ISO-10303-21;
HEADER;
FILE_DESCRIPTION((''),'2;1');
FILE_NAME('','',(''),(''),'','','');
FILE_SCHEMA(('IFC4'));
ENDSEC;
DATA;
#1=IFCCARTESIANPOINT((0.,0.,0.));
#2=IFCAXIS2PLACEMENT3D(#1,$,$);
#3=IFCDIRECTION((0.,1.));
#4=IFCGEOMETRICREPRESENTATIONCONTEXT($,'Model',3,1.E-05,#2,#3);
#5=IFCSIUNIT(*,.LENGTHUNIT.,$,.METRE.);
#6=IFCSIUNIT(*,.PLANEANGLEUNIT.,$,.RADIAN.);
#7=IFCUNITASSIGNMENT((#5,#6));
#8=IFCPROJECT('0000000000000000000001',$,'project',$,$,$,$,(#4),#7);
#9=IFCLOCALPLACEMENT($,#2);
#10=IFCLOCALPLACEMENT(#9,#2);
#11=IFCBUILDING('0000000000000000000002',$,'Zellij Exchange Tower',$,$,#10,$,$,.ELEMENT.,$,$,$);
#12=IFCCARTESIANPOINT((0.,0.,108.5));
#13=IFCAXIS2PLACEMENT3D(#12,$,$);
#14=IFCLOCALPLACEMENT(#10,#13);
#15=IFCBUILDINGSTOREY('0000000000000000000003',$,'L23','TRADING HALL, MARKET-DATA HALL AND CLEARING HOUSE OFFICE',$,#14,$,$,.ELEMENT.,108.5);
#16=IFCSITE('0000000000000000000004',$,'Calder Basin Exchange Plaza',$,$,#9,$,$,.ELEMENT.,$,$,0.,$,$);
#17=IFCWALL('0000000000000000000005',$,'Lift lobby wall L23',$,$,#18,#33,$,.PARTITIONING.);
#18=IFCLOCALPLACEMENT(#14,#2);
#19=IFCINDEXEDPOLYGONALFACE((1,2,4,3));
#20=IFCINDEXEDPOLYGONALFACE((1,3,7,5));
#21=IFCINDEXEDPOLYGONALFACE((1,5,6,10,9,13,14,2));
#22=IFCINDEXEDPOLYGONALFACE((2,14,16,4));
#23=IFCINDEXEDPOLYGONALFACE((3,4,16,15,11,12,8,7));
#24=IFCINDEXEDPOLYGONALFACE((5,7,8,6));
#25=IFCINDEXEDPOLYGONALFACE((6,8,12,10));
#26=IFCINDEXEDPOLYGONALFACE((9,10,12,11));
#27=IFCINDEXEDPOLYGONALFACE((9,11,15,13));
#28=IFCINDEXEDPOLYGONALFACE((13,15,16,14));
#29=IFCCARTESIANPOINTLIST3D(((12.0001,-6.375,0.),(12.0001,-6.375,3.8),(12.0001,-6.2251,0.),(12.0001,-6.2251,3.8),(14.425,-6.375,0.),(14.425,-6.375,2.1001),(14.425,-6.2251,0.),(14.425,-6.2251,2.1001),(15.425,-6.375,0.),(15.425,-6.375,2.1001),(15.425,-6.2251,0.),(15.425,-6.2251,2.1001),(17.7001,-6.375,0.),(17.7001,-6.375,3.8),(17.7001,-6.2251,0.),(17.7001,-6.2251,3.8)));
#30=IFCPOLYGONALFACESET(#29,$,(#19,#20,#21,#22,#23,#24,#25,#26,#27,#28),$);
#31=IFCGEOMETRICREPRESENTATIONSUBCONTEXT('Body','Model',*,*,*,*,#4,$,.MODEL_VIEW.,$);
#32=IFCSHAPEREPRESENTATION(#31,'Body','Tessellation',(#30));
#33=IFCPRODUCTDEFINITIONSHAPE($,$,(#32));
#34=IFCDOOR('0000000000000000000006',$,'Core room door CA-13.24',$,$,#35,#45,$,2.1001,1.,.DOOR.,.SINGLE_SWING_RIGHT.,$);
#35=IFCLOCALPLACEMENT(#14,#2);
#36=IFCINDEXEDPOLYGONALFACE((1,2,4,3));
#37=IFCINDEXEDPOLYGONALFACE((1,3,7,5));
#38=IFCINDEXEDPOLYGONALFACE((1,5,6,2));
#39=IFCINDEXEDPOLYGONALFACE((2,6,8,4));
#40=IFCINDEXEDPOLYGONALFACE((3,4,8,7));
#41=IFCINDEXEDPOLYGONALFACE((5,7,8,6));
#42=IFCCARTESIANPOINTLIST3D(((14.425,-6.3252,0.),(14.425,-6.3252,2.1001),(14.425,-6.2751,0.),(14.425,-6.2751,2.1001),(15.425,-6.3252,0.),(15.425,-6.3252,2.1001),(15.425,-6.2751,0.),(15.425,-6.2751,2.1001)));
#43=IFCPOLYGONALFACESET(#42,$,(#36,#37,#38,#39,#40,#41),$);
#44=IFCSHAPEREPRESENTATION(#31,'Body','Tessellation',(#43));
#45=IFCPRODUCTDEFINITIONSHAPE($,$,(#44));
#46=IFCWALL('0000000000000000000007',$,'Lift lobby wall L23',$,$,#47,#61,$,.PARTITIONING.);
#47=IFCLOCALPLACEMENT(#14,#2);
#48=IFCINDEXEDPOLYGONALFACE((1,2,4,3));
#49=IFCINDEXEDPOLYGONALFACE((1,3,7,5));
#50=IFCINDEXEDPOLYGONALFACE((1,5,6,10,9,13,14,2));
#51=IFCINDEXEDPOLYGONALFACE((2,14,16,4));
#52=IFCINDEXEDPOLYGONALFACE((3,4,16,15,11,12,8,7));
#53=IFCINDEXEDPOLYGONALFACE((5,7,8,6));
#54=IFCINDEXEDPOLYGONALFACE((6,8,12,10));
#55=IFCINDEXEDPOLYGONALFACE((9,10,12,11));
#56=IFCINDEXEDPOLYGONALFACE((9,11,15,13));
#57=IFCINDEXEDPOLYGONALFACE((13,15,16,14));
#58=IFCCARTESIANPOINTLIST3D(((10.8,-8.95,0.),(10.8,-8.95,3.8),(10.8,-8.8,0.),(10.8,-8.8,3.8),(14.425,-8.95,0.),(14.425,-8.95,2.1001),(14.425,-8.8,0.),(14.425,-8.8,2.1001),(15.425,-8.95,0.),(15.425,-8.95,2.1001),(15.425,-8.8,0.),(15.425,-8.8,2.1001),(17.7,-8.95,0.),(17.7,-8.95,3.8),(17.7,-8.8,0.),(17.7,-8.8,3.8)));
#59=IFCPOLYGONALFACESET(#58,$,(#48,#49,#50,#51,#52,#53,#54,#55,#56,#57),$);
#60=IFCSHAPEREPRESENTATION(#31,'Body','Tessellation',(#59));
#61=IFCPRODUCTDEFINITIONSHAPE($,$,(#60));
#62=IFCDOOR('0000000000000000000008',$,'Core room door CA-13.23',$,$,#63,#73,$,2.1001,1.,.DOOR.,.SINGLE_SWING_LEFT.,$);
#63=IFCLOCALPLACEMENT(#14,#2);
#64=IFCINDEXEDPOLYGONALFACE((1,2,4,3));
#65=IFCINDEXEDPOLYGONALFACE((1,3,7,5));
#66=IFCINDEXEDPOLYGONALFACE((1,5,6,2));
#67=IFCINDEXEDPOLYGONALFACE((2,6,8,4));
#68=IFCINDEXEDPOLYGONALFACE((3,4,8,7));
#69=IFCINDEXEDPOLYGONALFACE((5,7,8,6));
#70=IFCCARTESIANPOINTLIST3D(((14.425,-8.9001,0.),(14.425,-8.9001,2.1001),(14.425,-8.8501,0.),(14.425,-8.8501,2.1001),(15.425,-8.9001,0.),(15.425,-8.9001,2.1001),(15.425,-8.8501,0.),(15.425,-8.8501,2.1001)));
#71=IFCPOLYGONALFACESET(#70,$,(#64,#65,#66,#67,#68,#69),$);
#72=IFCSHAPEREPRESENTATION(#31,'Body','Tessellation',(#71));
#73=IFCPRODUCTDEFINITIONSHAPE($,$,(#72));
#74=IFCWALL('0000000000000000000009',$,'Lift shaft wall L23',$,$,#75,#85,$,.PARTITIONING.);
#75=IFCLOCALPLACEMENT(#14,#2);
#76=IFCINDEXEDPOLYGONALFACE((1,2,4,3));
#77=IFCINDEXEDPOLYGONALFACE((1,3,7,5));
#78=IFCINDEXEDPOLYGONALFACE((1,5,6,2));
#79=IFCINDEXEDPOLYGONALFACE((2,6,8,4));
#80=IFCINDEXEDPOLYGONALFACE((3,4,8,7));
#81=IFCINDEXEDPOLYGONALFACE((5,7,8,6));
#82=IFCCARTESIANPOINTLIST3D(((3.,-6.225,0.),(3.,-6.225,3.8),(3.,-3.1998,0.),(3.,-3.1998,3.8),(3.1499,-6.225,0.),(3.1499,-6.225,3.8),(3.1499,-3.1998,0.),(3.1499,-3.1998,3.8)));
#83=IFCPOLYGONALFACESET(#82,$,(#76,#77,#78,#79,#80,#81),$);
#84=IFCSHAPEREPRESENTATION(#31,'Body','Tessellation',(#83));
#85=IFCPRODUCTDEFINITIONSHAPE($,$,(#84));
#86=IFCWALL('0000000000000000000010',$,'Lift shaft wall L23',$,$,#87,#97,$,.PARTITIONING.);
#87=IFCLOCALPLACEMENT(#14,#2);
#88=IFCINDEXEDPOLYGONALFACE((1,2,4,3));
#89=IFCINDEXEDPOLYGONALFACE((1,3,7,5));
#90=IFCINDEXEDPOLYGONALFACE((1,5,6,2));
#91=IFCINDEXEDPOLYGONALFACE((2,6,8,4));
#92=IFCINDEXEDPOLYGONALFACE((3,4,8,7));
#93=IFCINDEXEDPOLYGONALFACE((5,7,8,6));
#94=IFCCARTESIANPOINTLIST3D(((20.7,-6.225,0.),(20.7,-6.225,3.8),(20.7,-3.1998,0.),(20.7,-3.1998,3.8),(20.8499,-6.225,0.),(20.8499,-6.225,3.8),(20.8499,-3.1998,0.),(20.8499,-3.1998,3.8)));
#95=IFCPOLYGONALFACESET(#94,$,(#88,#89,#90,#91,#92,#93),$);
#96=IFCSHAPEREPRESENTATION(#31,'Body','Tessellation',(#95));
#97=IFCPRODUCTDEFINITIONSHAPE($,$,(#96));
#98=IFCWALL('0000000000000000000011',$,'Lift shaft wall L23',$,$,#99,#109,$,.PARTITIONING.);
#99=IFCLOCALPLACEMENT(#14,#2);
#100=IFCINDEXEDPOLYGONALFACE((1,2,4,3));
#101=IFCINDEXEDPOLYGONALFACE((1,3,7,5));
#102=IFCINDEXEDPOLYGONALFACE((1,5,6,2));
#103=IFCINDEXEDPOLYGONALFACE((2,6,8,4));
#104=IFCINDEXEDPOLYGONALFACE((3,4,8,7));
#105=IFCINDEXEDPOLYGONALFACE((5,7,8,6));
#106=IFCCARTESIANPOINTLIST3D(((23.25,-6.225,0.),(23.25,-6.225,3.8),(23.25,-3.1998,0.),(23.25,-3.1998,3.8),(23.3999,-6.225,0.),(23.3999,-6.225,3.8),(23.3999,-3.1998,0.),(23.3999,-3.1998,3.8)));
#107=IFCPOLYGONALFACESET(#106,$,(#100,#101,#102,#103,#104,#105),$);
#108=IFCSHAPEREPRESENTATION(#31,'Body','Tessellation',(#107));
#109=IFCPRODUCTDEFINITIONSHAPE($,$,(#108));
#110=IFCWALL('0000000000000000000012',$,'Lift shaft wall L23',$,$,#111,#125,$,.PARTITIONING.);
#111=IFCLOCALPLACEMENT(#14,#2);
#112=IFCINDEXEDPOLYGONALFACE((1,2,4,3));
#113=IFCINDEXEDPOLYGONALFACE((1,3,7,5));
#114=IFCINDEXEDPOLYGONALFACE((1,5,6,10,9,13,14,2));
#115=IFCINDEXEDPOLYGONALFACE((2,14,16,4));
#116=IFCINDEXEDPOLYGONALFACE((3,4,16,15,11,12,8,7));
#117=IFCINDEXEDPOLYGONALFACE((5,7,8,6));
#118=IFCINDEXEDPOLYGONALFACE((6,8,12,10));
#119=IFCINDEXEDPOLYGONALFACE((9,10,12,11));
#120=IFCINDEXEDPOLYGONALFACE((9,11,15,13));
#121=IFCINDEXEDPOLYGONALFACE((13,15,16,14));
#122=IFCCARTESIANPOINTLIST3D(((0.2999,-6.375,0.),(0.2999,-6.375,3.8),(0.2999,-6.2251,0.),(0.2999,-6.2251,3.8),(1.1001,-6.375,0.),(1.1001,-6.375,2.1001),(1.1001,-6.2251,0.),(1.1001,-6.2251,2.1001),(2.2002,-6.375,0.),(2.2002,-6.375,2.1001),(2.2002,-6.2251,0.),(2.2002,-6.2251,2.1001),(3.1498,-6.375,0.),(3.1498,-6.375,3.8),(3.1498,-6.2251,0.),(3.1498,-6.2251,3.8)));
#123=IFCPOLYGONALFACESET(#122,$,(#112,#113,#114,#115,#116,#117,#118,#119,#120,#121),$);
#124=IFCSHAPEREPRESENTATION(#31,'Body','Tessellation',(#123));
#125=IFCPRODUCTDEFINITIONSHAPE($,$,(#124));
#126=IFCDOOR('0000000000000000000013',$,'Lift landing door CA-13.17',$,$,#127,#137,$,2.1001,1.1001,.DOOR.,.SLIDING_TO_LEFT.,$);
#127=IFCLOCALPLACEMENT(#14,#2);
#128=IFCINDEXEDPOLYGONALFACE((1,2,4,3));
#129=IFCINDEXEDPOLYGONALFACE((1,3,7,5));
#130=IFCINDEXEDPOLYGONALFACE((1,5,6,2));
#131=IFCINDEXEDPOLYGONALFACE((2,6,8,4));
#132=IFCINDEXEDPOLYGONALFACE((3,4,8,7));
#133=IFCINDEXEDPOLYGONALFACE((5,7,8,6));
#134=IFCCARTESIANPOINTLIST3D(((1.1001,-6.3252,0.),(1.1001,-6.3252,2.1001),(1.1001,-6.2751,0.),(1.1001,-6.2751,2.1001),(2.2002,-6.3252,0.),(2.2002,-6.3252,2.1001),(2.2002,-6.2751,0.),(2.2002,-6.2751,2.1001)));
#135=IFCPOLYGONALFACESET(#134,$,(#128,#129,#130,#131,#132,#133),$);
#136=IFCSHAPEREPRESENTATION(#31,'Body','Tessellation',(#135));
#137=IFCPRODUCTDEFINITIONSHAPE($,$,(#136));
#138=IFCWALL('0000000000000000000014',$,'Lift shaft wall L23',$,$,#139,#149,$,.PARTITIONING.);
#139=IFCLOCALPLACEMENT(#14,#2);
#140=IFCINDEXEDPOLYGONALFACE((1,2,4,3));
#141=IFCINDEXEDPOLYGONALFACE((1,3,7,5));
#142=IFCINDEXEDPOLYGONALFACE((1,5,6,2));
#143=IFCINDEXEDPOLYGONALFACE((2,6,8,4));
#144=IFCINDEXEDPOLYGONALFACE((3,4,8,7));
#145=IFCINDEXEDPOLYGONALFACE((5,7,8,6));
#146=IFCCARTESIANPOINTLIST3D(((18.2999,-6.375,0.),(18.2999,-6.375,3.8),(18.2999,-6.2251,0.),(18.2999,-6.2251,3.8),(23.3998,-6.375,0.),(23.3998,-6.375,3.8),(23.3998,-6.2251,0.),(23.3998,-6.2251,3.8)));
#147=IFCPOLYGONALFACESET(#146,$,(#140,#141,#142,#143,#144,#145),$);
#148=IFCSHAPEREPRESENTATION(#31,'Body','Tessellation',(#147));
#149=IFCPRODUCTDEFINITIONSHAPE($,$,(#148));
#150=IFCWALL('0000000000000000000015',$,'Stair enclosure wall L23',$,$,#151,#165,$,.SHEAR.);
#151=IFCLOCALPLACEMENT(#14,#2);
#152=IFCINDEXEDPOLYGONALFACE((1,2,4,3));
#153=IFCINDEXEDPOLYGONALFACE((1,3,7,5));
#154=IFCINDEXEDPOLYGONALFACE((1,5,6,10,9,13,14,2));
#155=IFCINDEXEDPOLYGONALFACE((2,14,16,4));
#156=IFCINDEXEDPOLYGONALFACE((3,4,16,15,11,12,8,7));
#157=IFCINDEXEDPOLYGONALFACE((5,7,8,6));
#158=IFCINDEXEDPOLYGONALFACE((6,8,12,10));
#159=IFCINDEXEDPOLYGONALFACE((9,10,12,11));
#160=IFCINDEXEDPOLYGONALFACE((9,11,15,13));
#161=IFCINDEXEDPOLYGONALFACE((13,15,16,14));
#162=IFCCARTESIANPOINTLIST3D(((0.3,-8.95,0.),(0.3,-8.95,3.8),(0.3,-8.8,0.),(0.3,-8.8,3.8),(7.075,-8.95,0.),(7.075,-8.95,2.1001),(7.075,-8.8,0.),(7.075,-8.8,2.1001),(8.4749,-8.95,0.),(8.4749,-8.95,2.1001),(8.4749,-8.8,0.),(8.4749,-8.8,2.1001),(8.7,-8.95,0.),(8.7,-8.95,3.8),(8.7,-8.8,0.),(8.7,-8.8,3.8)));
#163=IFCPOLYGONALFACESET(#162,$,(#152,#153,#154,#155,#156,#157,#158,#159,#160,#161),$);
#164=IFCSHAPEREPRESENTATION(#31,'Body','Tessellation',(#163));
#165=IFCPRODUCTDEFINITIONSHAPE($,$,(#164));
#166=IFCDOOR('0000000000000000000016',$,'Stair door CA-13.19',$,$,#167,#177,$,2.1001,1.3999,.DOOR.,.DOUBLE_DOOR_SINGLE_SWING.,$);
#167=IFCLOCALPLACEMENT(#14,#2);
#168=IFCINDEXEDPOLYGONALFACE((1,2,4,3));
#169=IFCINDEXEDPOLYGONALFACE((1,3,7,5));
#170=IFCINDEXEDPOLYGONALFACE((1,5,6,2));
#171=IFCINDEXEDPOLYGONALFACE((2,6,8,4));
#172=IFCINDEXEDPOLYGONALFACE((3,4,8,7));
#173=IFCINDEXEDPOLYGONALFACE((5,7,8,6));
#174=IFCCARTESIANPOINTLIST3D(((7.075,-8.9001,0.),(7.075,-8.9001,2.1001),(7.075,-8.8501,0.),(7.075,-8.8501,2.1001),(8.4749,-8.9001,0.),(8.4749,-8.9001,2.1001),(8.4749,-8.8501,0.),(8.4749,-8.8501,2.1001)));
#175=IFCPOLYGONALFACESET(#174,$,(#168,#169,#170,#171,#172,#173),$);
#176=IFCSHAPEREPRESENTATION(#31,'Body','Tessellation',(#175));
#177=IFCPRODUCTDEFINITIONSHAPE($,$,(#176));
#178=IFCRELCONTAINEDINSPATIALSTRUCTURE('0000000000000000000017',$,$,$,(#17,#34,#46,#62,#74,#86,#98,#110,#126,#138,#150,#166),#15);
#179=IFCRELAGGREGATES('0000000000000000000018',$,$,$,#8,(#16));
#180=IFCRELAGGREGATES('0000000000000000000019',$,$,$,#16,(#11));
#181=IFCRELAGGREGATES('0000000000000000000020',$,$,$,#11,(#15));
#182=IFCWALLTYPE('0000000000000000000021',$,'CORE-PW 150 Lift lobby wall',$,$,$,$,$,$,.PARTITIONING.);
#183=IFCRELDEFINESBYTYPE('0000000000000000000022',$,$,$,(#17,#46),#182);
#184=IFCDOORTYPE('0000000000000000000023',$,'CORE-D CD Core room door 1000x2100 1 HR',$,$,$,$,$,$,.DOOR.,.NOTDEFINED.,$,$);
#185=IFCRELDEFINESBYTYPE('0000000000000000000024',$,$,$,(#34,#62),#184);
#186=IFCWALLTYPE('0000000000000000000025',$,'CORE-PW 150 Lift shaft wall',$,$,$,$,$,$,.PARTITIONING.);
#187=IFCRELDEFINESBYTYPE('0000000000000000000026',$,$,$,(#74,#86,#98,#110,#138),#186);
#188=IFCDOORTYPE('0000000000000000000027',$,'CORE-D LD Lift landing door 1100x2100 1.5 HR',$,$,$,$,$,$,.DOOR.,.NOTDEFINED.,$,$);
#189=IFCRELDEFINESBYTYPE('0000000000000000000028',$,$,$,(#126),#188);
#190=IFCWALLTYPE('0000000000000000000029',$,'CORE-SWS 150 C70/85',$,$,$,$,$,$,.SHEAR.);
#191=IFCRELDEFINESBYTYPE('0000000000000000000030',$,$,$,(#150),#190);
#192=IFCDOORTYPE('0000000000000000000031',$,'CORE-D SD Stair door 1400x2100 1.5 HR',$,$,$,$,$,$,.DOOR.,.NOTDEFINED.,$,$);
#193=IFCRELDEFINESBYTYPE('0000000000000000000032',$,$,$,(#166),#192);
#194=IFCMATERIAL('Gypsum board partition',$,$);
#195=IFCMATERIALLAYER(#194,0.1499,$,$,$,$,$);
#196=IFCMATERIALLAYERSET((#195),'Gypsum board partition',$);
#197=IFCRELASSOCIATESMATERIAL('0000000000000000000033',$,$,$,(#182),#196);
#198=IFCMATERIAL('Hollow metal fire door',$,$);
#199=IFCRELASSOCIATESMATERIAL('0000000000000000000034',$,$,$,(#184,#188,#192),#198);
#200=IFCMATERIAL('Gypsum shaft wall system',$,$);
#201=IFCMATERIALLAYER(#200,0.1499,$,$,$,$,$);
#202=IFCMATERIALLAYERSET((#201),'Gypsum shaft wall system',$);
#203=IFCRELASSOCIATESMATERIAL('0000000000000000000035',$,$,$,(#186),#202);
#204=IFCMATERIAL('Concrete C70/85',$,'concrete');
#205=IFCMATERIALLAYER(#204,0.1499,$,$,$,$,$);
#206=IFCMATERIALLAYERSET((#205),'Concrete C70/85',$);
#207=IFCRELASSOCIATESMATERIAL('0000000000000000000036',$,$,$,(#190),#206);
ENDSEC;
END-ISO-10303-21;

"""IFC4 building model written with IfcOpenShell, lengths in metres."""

from ifc_helpers import new_model, si_unit, direction, frame, frame_2d, origin, place, context, subcontext, project, spatial, rectangle, extrude, material, layer, layer_set, type_object, element, fill, save


model = new_model("IFC4")

# Units and contexts
model_context = context("Model", 3, precision=1e-05, world=origin(), true_north=direction((0.0, 1.0)))
body_context = subcontext(model_context, "Body", "Model", "MODEL_VIEW")
ifc_project = project(units=[si_unit("LENGTHUNIT", "METRE"), si_unit("PLANEANGLEUNIT", "RADIAN")], contexts=[model_context])

# Site, building, storey
site_placement = place(None, origin())
site = spatial("IfcSite", under=ifc_project, at=site_placement, Name="Calder Basin Exchange Plaza", CompositionType="ELEMENT", RefElevation=0.0)
building_placement = place(site_placement, origin())
building = spatial("IfcBuilding", under=site, at=building_placement, Name="Zellij Exchange Tower", CompositionType="ELEMENT")
storey_placement = place(building_placement, frame((0.0, 0.0, 108.5)))
storey = spatial("IfcBuildingStorey", under=building, at=storey_placement, Name="L23", Description="TRADING HALL, MARKET-DATA HALL AND CLEARING HOUSE OFFICE", CompositionType="ELEMENT", Elevation=108.5)

# Shared definitions
ifc_material_1 = material(Name="Concrete C70/85", Category="concrete")

# Shared definitions
ifc_material_2 = material(Name="Gypsum shaft wall system")
ifc_material_3 = material(Name="Hollow metal fire door")

# Shared definitions
ifc_material_4 = material(Name="Gypsum board partition")
ifc_layer_1 = layer(ifc_material_4, 0.1499)
ifc_layer_set_1 = layer_set([ifc_layer_1], Name="Gypsum board partition")
wall_type_1 = type_object("IfcWallType", Name="CORE-PW 150 Lift lobby wall", PredefinedType="PARTITIONING", material=ifc_layer_set_1)

# Walls, openings, doors
wall_1_placement = place(storey_placement, frame((12.0, -6.3, 0.0), z_axis=(0.0, 0.0, 1.0), x_axis=(1.0, 0.0, 0.0)))
wall_1 = element("IfcWall", 1, at=wall_1_placement, inside=storey, type_object=wall_type_1, Name="Lift lobby wall L23", PredefinedType="PARTITIONING", context=body_context, shape_type="SweptSolid", body=[
    extrude(rectangle(XDim=5.7, YDim=0.1499, at=frame_2d((2.8501, 0.0))), origin(), (0.0, 0.0, 1.0), 3.8),
])
opening_1_placement = place(wall_1_placement, frame((2.425, 0.0, 0.0)))
opening_1 = element("IfcOpeningElement", 2, at=opening_1_placement, cuts=wall_1, PredefinedType="OPENING", context=body_context, shape_type="SweptSolid", body=[
    extrude(rectangle(XDim=1.0, YDim=2.1001, at=frame_2d((0.5, 1.05))), frame((0.0, 0.0869, 0.0), z_axis=(0.0, -1.0, 0.0), x_axis=(1.0, 0.0, 0.0)), (0.0, 0.0, 1.0), 0.1738),
])
door_type_1 = type_object("IfcDoorType", Name="CORE-D CD Core room door 1000x2100 1 HR", OperationType="NOTDEFINED", PredefinedType="DOOR", material=ifc_material_3)
door_1_placement = place(opening_1_placement, origin())
door_1 = element("IfcDoor", 3, at=door_1_placement, inside=storey, type_object=door_type_1, Name="Core room door CA-13.24", OperationType="SINGLE_SWING_RIGHT", OverallHeight=2.1001, OverallWidth=1.0, PredefinedType="DOOR", context=body_context, shape_type="SweptSolid", body=[
    extrude(rectangle(XDim=1.0, YDim=2.1001, at=frame_2d((0.5, 1.05))), frame((0.0, 0.0249, 0.0), z_axis=(0.0, -1.0, 0.0), x_axis=(1.0, 0.0, 0.0)), (0.0, 0.0, 1.0), 0.05),
])
fill(opening_1, door_1)
wall_2_placement = place(storey_placement, frame((10.8, -8.875, 0.0), z_axis=(0.0, 0.0, 1.0), x_axis=(1.0, 0.0, 0.0)))
wall_2 = element("IfcWall", 4, at=wall_2_placement, inside=storey, type_object=wall_type_1, Name="Lift lobby wall L23", PredefinedType="PARTITIONING", context=body_context, shape_type="SweptSolid", body=[
    extrude(rectangle(XDim=6.8999, YDim=0.1499, at=frame_2d((3.45, 0.0))), origin(), (0.0, 0.0, 1.0), 3.8),
])
opening_2_placement = place(wall_2_placement, frame((3.625, 0.0, 0.0)))
opening_2 = element("IfcOpeningElement", 5, at=opening_2_placement, cuts=wall_2, PredefinedType="OPENING", context=body_context, shape_type="SweptSolid", body=[
    extrude(rectangle(XDim=1.0, YDim=2.1001, at=frame_2d((0.5, 1.05))), frame((0.0, 0.0869, 0.0), z_axis=(0.0, -1.0, 0.0), x_axis=(1.0, 0.0, 0.0)), (0.0, 0.0, 1.0), 0.1738),
])
door_2_placement = place(opening_2_placement, origin())
door_2 = element("IfcDoor", 6, at=door_2_placement, inside=storey, type_object=door_type_1, Name="Core room door CA-13.23", OperationType="SINGLE_SWING_LEFT", OverallHeight=2.1001, OverallWidth=1.0, PredefinedType="DOOR", context=body_context, shape_type="SweptSolid", body=[
    extrude(rectangle(XDim=1.0, YDim=2.1001, at=frame_2d((0.5, 1.05))), frame((0.0, 0.0249, 0.0), z_axis=(0.0, -1.0, 0.0), x_axis=(1.0, 0.0, 0.0)), (0.0, 0.0, 1.0), 0.05),
])
fill(opening_2, door_2)

# Walls
ifc_layer_2 = layer(ifc_material_2, 0.1499)
ifc_layer_set_2 = layer_set([ifc_layer_2], Name="Gypsum shaft wall system")
wall_type_2 = type_object("IfcWallType", Name="CORE-PW 150 Lift shaft wall", PredefinedType="PARTITIONING", material=ifc_layer_set_2)
for number, where, z_axis, x_axis, name in (
    (7, (3.075, -6.2251, 0.0), (0.0, 0.0, 1.0), (0.0, 1.0, 0.0), "Lift shaft wall L23"),
    (8, (20.7749, -6.2251, 0.0), (0.0, 0.0, 1.0), (0.0, 1.0, 0.0), "Lift shaft wall L23"),
    (9, (23.325, -6.2251, 0.0), (0.0, 0.0, 1.0), (0.0, 1.0, 0.0), "Lift shaft wall L23"),
):
    element("IfcWall", number, at=place(storey_placement, frame(where, z_axis=z_axis, x_axis=x_axis)), inside=storey, type_object=wall_type_2, Name=name, PredefinedType="PARTITIONING", context=body_context, shape_type="SweptSolid", body=[
        extrude(rectangle(XDim=3.0251, YDim=0.1499, at=frame_2d((1.5127, 0.0))), origin(), (0.0, 0.0, 1.0), 3.8),
    ])

# Wall, opening, door
wall_3_placement = place(storey_placement, frame((0.3, -6.3, 0.0), z_axis=(0.0, 0.0, 1.0), x_axis=(1.0, 0.0, 0.0)))
wall_3 = element("IfcWall", 10, at=wall_3_placement, inside=storey, type_object=wall_type_2, Name="Lift shaft wall L23", PredefinedType="PARTITIONING", context=body_context, shape_type="SweptSolid", body=[
    extrude(rectangle(XDim=2.8499, YDim=0.1499, at=frame_2d((1.4248, 0.0))), origin(), (0.0, 0.0, 1.0), 3.8),
])
opening_3_placement = place(wall_3_placement, frame((0.8, 0.0, 0.0)))
opening_3 = element("IfcOpeningElement", 11, at=opening_3_placement, cuts=wall_3, PredefinedType="OPENING", context=body_context, shape_type="SweptSolid", body=[
    extrude(rectangle(XDim=1.1001, YDim=2.1001, at=frame_2d((0.55, 1.05))), frame((0.0, 0.0869, 0.0), z_axis=(0.0, -1.0, 0.0), x_axis=(1.0, 0.0, 0.0)), (0.0, 0.0, 1.0), 0.1738),
])
door_type_2 = type_object("IfcDoorType", Name="CORE-D LD Lift landing door 1100x2100 1.5 HR", OperationType="NOTDEFINED", PredefinedType="DOOR", material=ifc_material_3)
door_3_placement = place(opening_3_placement, origin())
door_3 = element("IfcDoor", 12, at=door_3_placement, inside=storey, type_object=door_type_2, Name="Lift landing door CA-13.17", OperationType="SLIDING_TO_LEFT", OverallHeight=2.1001, OverallWidth=1.1001, PredefinedType="DOOR", context=body_context, shape_type="SweptSolid", body=[
    extrude(rectangle(XDim=1.1001, YDim=2.1001, at=frame_2d((0.55, 1.05))), frame((0.0, 0.0249, 0.0), z_axis=(0.0, -1.0, 0.0), x_axis=(1.0, 0.0, 0.0)), (0.0, 0.0, 1.0), 0.05),
])
fill(opening_3, door_3)

# Wall
wall_4_placement = place(storey_placement, frame((18.3, -6.3, 0.0), z_axis=(0.0, 0.0, 1.0), x_axis=(1.0, 0.0, 0.0)))
element("IfcWall", 13, at=wall_4_placement, inside=storey, type_object=wall_type_2, Name="Lift shaft wall L23", PredefinedType="PARTITIONING", context=body_context, shape_type="SweptSolid", body=[
    extrude(rectangle(XDim=5.0999, YDim=0.1499, at=frame_2d((2.5498, 0.0))), origin(), (0.0, 0.0, 1.0), 3.8),
])

# Wall, opening, door
ifc_layer_3 = layer(ifc_material_1, 0.1499)
ifc_layer_set_3 = layer_set([ifc_layer_3], Name="Concrete C70/85")
wall_type_3 = type_object("IfcWallType", Name="CORE-SWS 150 C70/85", PredefinedType="SHEAR", material=ifc_layer_set_3)
wall_5_placement = place(storey_placement, frame((0.3, -8.875, 0.0), z_axis=(0.0, 0.0, 1.0), x_axis=(1.0, 0.0, 0.0)))
wall_5 = element("IfcWall", 14, at=wall_5_placement, inside=storey, type_object=wall_type_3, Name="Stair enclosure wall L23", PredefinedType="SHEAR", context=body_context, shape_type="SweptSolid", body=[
    extrude(rectangle(XDim=8.3999, YDim=0.1499, at=frame_2d((4.2, 0.0))), origin(), (0.0, 0.0, 1.0), 3.8),
])
opening_4_placement = place(wall_5_placement, frame((6.7749, 0.0, 0.0)))
opening_4 = element("IfcOpeningElement", 15, at=opening_4_placement, cuts=wall_5, PredefinedType="OPENING", context=body_context, shape_type="SweptSolid", body=[
    extrude(rectangle(XDim=1.3999, YDim=2.1001, at=frame_2d((0.7, 1.05))), frame((0.0, 0.0869, 0.0), z_axis=(0.0, -1.0, 0.0), x_axis=(1.0, 0.0, 0.0)), (0.0, 0.0, 1.0), 0.1738),
])
door_type_3 = type_object("IfcDoorType", Name="CORE-D SD Stair door 1400x2100 1.5 HR", OperationType="NOTDEFINED", PredefinedType="DOOR", material=ifc_material_3)
door_4_placement = place(opening_4_placement, origin())
door_4 = element("IfcDoor", 16, at=door_4_placement, inside=storey, type_object=door_type_3, Name="Stair door CA-13.19", OperationType="DOUBLE_DOOR_SINGLE_SWING", OverallHeight=2.1001, OverallWidth=1.3999, PredefinedType="DOOR", context=body_context, shape_type="SweptSolid", body=[
    extrude(rectangle(XDim=1.3999, YDim=2.1001, at=frame_2d((0.7, 1.05))), frame((0.0, 0.0249, 0.0), z_axis=(0.0, -1.0, 0.0), x_axis=(1.0, 0.0, 0.0)), (0.0, 0.0, 1.0), 0.05),
])
fill(opening_4, door_4)

save(model, "model.ifc")
